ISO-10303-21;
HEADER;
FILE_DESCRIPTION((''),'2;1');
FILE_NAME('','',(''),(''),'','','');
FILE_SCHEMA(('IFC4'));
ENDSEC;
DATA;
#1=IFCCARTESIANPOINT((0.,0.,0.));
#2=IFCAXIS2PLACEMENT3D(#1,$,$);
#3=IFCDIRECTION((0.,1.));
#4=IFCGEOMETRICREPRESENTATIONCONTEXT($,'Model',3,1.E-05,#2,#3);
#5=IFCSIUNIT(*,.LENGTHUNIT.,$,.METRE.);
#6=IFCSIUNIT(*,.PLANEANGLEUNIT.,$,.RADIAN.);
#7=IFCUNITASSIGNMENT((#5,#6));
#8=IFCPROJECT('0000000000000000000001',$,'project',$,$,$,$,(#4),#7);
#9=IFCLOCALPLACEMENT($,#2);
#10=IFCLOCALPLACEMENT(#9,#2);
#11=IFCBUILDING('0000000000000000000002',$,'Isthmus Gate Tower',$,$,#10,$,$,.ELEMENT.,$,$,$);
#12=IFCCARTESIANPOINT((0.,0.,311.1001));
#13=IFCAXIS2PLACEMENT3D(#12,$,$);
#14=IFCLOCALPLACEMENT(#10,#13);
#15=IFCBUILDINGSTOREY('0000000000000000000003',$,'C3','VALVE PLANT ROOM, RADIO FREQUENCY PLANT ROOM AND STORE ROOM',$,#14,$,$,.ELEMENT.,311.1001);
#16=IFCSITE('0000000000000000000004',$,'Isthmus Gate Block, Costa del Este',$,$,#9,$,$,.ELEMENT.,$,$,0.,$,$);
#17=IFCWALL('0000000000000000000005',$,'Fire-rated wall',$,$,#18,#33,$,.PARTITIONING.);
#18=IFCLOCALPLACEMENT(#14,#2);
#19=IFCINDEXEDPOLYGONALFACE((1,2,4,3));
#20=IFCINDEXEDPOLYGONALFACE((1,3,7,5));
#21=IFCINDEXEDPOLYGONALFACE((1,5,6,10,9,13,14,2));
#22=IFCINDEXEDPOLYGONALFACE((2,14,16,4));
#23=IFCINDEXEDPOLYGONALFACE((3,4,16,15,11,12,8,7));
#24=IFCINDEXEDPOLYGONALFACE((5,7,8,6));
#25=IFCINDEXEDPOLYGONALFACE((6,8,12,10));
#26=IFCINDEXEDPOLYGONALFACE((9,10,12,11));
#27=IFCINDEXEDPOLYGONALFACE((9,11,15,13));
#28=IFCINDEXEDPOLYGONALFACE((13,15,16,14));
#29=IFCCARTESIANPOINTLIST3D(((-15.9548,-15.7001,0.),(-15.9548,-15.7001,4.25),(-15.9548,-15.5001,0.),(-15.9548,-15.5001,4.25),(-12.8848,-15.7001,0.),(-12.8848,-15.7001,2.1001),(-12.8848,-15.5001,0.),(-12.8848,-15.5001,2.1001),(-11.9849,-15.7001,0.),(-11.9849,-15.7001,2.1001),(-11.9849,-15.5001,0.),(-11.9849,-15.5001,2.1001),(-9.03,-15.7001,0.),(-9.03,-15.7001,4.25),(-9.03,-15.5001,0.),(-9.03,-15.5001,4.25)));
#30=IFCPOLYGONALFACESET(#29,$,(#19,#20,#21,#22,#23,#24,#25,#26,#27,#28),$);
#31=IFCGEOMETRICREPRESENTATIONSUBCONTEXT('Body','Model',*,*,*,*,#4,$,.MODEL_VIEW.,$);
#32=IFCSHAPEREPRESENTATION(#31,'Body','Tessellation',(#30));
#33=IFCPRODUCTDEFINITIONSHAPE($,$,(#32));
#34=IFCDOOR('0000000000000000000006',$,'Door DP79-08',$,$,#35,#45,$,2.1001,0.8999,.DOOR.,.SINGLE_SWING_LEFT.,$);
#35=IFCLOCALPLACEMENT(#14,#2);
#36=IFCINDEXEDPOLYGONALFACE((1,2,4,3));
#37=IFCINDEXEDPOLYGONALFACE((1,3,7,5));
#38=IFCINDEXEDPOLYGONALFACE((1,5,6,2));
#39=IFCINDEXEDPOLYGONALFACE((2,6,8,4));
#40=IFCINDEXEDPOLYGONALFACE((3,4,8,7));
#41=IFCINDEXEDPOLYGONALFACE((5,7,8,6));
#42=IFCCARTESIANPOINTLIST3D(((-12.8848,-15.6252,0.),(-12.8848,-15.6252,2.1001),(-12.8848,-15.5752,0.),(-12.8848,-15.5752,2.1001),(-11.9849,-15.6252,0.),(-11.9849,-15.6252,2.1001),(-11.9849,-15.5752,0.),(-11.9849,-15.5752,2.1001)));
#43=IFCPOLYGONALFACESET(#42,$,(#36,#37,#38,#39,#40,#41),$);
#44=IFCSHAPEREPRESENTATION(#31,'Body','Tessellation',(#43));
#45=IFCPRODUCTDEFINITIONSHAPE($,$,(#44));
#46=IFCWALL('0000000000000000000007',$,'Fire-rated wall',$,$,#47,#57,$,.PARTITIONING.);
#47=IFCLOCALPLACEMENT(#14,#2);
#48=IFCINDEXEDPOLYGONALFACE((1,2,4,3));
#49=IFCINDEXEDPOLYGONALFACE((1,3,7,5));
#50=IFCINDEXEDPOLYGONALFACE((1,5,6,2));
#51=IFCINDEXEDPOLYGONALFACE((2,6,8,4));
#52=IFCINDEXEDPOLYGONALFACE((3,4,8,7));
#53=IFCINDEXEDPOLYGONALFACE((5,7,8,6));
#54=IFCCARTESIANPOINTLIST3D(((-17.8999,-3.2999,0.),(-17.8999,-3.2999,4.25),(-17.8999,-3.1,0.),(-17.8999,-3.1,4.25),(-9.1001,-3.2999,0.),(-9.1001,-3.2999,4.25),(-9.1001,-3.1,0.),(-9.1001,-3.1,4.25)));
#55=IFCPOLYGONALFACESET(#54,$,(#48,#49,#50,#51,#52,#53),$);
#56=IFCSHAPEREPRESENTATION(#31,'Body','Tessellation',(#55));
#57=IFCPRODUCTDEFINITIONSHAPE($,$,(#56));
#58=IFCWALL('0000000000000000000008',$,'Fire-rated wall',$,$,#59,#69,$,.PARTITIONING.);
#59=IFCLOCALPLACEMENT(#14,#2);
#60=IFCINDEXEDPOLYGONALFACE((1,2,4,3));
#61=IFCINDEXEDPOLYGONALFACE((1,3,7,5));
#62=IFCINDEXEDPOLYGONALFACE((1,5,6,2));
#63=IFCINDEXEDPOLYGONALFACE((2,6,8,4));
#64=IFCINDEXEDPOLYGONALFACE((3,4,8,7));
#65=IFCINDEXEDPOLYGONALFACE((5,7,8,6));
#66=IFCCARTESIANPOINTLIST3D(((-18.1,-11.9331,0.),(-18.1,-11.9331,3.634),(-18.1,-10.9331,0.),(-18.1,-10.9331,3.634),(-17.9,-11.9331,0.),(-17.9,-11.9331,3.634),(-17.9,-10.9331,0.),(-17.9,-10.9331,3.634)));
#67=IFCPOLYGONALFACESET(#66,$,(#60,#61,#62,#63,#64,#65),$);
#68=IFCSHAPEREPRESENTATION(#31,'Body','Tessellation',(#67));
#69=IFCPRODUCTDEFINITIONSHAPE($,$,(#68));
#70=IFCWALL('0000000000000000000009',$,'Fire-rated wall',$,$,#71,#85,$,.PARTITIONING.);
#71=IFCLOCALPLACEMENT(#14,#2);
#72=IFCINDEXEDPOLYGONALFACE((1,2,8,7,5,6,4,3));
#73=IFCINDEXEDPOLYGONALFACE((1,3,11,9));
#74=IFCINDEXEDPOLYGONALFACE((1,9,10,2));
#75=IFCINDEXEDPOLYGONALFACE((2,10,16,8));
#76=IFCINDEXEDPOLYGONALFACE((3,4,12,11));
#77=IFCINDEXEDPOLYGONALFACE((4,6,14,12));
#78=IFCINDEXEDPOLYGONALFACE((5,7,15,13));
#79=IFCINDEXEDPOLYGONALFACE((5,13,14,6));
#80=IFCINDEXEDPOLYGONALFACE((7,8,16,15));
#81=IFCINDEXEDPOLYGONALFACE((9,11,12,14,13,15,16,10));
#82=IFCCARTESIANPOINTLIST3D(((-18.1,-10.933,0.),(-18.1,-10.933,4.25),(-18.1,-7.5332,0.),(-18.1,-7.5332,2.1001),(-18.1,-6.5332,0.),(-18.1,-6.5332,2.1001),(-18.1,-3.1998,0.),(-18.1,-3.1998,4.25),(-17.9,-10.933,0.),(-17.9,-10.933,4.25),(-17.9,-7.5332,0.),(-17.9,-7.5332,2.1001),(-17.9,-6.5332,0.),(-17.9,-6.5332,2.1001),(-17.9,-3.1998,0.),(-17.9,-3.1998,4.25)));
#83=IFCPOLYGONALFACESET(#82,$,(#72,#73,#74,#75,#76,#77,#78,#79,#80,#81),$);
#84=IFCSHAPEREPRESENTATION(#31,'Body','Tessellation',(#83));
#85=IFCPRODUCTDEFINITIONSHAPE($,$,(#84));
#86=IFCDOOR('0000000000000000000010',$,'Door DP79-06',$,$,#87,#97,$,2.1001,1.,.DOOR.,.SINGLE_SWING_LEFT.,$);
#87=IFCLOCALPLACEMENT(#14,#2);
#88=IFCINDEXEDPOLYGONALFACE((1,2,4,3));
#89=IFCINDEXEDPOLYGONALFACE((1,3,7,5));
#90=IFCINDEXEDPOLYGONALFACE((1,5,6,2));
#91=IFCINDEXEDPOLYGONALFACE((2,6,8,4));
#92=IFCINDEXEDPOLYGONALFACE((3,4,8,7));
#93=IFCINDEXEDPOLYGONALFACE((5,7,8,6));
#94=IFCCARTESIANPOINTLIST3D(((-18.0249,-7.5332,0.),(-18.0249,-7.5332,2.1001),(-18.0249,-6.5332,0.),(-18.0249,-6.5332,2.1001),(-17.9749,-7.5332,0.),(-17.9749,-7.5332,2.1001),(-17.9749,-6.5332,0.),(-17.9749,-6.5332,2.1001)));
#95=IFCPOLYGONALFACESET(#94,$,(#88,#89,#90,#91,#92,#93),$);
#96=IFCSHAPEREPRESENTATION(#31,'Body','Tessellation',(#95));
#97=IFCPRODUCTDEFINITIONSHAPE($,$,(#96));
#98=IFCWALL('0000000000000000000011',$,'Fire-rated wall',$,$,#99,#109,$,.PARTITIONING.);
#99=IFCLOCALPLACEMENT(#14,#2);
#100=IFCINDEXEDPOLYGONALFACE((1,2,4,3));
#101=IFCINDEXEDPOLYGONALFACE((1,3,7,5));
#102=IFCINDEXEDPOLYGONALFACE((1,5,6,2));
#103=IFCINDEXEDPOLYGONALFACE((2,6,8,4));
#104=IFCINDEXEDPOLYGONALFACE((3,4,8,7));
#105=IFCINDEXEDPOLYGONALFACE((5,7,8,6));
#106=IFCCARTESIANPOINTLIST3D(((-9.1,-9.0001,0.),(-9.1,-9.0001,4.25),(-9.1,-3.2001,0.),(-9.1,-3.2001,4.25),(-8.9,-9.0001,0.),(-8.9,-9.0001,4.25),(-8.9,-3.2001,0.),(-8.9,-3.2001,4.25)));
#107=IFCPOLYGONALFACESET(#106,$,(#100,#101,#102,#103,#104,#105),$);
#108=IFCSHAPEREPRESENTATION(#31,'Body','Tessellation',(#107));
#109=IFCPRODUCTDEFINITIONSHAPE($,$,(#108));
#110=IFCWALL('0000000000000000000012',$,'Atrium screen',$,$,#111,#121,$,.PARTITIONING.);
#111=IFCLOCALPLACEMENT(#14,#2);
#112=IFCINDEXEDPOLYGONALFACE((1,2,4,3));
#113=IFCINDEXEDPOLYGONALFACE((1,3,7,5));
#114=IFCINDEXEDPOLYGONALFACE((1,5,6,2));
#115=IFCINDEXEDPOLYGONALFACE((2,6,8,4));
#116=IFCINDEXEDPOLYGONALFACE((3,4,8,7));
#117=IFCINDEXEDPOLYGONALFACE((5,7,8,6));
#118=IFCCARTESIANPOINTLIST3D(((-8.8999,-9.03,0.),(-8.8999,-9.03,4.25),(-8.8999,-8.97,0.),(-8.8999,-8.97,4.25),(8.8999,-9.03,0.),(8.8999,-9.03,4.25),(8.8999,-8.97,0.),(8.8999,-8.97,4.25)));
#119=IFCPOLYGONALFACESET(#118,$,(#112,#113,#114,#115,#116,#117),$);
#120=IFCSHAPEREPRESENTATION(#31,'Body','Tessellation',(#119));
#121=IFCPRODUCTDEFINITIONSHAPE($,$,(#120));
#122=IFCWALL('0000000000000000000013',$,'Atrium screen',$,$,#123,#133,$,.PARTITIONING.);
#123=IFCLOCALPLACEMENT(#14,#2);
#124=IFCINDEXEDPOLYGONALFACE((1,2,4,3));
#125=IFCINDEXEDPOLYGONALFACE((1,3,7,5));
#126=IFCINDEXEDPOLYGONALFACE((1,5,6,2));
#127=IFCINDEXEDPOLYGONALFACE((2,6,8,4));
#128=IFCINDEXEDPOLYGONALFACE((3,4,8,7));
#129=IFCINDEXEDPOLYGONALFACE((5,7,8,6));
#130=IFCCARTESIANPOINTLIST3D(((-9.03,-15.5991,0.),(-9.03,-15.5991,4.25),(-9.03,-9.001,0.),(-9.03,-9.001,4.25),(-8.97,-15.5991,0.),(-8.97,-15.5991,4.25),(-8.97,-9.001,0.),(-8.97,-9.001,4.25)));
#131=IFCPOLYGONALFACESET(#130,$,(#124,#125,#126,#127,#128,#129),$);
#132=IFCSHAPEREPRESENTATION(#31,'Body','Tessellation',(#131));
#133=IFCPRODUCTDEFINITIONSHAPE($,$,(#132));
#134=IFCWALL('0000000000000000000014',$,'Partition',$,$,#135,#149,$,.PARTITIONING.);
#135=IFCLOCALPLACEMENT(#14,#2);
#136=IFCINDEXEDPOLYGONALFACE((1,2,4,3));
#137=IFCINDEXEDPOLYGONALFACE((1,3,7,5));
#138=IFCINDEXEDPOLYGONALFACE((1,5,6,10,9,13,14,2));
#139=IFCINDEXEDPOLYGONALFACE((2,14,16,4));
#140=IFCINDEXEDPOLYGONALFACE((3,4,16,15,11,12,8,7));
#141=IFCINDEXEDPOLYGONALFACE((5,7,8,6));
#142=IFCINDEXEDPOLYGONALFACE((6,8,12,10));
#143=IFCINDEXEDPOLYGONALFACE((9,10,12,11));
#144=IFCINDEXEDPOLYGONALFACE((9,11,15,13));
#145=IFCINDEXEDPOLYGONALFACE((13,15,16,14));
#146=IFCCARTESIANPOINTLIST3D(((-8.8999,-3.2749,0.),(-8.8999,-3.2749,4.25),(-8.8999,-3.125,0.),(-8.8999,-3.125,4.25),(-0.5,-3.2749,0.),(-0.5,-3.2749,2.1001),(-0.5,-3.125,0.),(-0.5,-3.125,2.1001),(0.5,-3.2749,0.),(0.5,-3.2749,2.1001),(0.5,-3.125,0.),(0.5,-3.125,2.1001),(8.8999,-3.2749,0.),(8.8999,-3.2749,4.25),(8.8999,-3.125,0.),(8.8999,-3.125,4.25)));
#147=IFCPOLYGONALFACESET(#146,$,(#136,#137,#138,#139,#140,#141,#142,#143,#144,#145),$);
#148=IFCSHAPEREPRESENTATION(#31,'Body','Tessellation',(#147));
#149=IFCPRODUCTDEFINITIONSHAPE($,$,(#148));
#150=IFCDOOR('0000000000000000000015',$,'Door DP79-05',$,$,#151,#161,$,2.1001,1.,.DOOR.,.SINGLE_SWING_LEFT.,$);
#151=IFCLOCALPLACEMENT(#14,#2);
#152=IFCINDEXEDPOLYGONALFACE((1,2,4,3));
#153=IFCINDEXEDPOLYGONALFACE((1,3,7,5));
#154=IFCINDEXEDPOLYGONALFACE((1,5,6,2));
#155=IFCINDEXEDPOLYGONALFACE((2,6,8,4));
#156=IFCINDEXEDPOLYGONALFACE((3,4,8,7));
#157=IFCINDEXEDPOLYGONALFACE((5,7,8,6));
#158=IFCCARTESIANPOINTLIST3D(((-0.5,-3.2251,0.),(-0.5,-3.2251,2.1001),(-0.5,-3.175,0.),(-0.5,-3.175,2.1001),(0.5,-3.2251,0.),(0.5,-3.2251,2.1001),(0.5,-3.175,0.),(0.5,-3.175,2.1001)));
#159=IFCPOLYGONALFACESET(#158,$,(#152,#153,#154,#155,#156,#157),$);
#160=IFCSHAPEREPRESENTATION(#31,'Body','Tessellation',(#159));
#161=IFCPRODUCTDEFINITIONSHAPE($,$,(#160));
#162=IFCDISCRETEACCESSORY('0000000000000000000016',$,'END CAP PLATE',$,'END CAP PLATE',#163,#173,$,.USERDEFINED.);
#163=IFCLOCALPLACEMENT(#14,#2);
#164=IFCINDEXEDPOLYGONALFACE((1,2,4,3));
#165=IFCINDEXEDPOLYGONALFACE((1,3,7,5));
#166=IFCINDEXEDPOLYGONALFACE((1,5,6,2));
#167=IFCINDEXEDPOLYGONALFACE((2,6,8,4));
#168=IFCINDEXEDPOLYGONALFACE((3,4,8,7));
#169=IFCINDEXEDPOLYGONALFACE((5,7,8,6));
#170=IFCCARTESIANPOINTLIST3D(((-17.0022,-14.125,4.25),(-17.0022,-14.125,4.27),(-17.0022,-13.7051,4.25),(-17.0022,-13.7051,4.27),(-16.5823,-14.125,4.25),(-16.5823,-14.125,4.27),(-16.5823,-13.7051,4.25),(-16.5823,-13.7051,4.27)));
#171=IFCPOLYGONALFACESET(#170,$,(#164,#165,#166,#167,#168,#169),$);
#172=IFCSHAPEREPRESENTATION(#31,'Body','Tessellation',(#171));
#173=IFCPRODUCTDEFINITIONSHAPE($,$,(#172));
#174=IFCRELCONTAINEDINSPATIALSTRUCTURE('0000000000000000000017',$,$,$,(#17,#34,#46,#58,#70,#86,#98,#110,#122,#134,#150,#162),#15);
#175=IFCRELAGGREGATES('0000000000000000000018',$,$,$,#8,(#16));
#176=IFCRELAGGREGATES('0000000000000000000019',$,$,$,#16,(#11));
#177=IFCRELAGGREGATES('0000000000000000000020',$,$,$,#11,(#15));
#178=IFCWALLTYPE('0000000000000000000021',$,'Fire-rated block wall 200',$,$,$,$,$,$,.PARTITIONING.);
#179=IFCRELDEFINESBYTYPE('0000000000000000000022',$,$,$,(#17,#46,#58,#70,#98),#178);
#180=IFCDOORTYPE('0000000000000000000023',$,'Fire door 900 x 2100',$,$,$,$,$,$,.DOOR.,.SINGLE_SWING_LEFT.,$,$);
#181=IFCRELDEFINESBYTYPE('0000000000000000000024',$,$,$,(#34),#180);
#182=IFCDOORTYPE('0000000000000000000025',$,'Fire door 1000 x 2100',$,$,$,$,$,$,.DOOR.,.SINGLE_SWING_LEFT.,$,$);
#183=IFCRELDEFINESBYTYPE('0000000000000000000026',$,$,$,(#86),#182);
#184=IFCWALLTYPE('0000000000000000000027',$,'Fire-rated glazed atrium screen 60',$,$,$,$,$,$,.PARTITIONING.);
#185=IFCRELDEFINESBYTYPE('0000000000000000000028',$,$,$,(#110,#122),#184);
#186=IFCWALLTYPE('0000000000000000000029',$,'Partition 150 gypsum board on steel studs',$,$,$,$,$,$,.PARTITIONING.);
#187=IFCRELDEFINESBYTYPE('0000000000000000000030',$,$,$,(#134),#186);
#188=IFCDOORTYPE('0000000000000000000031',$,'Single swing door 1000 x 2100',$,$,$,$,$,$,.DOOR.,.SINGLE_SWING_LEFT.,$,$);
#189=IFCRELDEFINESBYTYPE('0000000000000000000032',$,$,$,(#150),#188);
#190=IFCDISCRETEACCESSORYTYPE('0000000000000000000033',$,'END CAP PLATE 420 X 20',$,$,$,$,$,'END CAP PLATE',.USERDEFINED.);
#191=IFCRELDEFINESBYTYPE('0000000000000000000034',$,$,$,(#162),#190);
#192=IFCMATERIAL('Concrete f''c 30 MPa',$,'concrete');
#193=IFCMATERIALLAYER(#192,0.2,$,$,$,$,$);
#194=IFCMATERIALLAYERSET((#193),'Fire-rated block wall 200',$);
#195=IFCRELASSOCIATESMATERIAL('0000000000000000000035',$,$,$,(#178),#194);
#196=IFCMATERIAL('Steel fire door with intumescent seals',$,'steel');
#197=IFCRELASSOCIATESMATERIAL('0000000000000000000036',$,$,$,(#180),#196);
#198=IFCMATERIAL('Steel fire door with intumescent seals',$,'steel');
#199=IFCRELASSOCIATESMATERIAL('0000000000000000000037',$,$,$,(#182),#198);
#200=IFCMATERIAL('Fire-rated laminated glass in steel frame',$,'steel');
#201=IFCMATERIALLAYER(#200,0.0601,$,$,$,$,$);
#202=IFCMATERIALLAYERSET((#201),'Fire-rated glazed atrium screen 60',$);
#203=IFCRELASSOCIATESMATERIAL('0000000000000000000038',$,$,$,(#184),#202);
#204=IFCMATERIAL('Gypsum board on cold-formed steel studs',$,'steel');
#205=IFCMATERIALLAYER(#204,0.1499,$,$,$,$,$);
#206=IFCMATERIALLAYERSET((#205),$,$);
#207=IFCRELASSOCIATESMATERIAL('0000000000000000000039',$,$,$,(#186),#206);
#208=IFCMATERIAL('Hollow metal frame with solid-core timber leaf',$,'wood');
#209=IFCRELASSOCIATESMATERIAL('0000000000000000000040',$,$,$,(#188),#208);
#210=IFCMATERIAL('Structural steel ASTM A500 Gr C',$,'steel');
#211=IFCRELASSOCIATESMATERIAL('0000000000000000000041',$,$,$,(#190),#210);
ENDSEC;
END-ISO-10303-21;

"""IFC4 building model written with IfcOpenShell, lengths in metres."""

from ifc_helpers import new_model, si_unit, direction, frame, frame_2d, origin, origin_2d, place, context, subcontext, project, spatial, rectangle, extrude, material, layer, layer_set, type_object, element, fill, save


model = new_model("IFC4")

# Units and contexts
model_context = context("Model", 3, precision=1e-05, world=origin(), true_north=direction((0.0, 1.0)))
body_context = subcontext(model_context, "Body", "Model", "MODEL_VIEW")
ifc_project = project(units=[si_unit("LENGTHUNIT", "METRE"), si_unit("PLANEANGLEUNIT", "RADIAN")], contexts=[model_context])

# Site, building, storey
site_placement = place(None, origin())
site = spatial("IfcSite", under=ifc_project, at=site_placement, Name="Isthmus Gate Block, Costa del Este", CompositionType="ELEMENT", RefElevation=0.0)
building_placement = place(site_placement, origin())
building = spatial("IfcBuilding", under=site, at=building_placement, Name="Isthmus Gate Tower", CompositionType="ELEMENT")
storey_placement = place(building_placement, frame((0.0, 0.0, 311.1001)))
storey = spatial("IfcBuildingStorey", under=building, at=storey_placement, Name="C3", Description="VALVE PLANT ROOM, RADIO FREQUENCY PLANT ROOM AND STORE ROOM", CompositionType="ELEMENT", Elevation=311.1001)

# Wall, opening, door
ifc_material_1 = material(Name="Concrete f'c 30 MPa", Category="concrete")
ifc_layer_1 = layer(ifc_material_1, 0.2)
ifc_layer_set_1 = layer_set([ifc_layer_1], Name="Fire-rated block wall 200")
wall_type_1 = type_object("IfcWallType", Name="Fire-rated block wall 200", PredefinedType="PARTITIONING", material=ifc_layer_set_1)
wall_1_placement = place(storey_placement, frame((-15.9548, -15.6001, 0.0), z_axis=(0.0, 0.0, 1.0), x_axis=(1.0, 0.0, 0.0)))
wall_1 = element("IfcWall", 1, at=wall_1_placement, inside=storey, type_object=wall_type_1, Name="Fire-rated wall", PredefinedType="PARTITIONING", context=body_context, shape_type="SweptSolid", body=[
    extrude(rectangle(XDim=6.9248, YDim=0.2, at=frame_2d((3.4624, 0.0))), origin(), (0.0, 0.0, 1.0), 4.25),
])
opening_1_placement = place(wall_1_placement, frame((3.0701, 0.0, 0.0)))
opening_1 = element("IfcOpeningElement", 2, at=opening_1_placement, cuts=wall_1, PredefinedType="OPENING", context=body_context, shape_type="SweptSolid", body=[
    extrude(rectangle(XDim=0.8999, YDim=2.1001, at=frame_2d((0.45, 1.05))), frame((0.0, 0.1099, 0.0), z_axis=(0.0, -1.0, 0.0), x_axis=(1.0, 0.0, 0.0)), (0.0, 0.0, 1.0), 0.22),
])
ifc_material_2 = material(Name="Steel fire door with intumescent seals", Category="steel")
door_type_1 = type_object("IfcDoorType", Name="Fire door 900 x 2100", OperationType="SINGLE_SWING_LEFT", PredefinedType="DOOR", material=ifc_material_2)
door_1_placement = place(opening_1_placement, origin())
door_1 = element("IfcDoor", 3, at=door_1_placement, inside=storey, type_object=door_type_1, Name="Door DP79-08", OperationType="SINGLE_SWING_LEFT", OverallHeight=2.1001, OverallWidth=0.8999, PredefinedType="DOOR", context=body_context, shape_type="SweptSolid", body=[
    extrude(rectangle(XDim=0.8999, YDim=2.1001, at=frame_2d((0.45, 1.05))), frame((0.0, 0.0249, 0.0), z_axis=(0.0, -1.0, 0.0), x_axis=(1.0, 0.0, 0.0)), (0.0, 0.0, 1.0), 0.05),
])
fill(opening_1, door_1)

# Walls
wall_2_placement = place(storey_placement, frame((-17.8999, -3.2, 0.0), z_axis=(0.0, 0.0, 1.0), x_axis=(1.0, 0.0, 0.0)))
element("IfcWall", 4, at=wall_2_placement, inside=storey, type_object=wall_type_1, Name="Fire-rated wall", PredefinedType="PARTITIONING", context=body_context, shape_type="SweptSolid", body=[
    extrude(rectangle(XDim=8.7998, YDim=0.2, at=frame_2d((4.3999, 0.0))), origin(), (0.0, 0.0, 1.0), 4.25),
])
wall_3_placement = place(storey_placement, frame((-18.0, -11.9331, 0.0), z_axis=(0.0, 0.0, 1.0), x_axis=(0.0, 1.0, 0.0)))
element("IfcWall", 5, at=wall_3_placement, inside=storey, type_object=wall_type_1, Name="Fire-rated wall", PredefinedType="PARTITIONING", context=body_context, shape_type="SweptSolid", body=[
    extrude(rectangle(XDim=1.0, YDim=0.2, at=frame_2d((0.5, 0.0))), origin(), (0.0, 0.0, 1.0), 3.634),
])

# Wall, opening, door
wall_4_placement = place(storey_placement, frame((-18.0, -10.9331, 0.0), z_axis=(0.0, 0.0, 1.0), x_axis=(0.0, 1.0, 0.0)))
wall_4 = element("IfcWall", 6, at=wall_4_placement, inside=storey, type_object=wall_type_1, Name="Fire-rated wall", PredefinedType="PARTITIONING", context=body_context, shape_type="SweptSolid", body=[
    extrude(rectangle(XDim=7.7332, YDim=0.2, at=frame_2d((3.8667, 0.0))), origin(), (0.0, 0.0, 1.0), 4.25),
])
opening_2_placement = place(wall_4_placement, frame((3.3999, 0.0, 0.0)))
opening_2 = element("IfcOpeningElement", 7, at=opening_2_placement, cuts=wall_4, PredefinedType="OPENING", context=body_context, shape_type="SweptSolid", body=[
    extrude(rectangle(XDim=1.0, YDim=2.1001, at=frame_2d((0.5, 1.05))), frame((0.0, 0.1099, 0.0), z_axis=(0.0, -1.0, 0.0), x_axis=(1.0, 0.0, 0.0)), (0.0, 0.0, 1.0), 0.22),
])
ifc_material_3 = material(Name="Steel fire door with intumescent seals", Category="steel")
door_type_2 = type_object("IfcDoorType", Name="Fire door 1000 x 2100", OperationType="SINGLE_SWING_LEFT", PredefinedType="DOOR", material=ifc_material_3)
door_2_placement = place(opening_2_placement, origin())
door_2 = element("IfcDoor", 8, at=door_2_placement, inside=storey, type_object=door_type_2, Name="Door DP79-06", OperationType="SINGLE_SWING_LEFT", OverallHeight=2.1001, OverallWidth=1.0, PredefinedType="DOOR", context=body_context, shape_type="SweptSolid", body=[
    extrude(rectangle(XDim=1.0, YDim=2.1001, at=frame_2d((0.5, 1.05))), frame((0.0, 0.0249, 0.0), z_axis=(0.0, -1.0, 0.0), x_axis=(1.0, 0.0, 0.0)), (0.0, 0.0, 1.0), 0.05),
])
fill(opening_2, door_2)

# Walls
wall_5_placement = place(storey_placement, frame((-9.0, -9.0, 0.0), z_axis=(0.0, 0.0, 1.0), x_axis=(0.0, 1.0, 0.0)))
element("IfcWall", 9, at=wall_5_placement, inside=storey, type_object=wall_type_1, Name="Fire-rated wall", PredefinedType="PARTITIONING", context=body_context, shape_type="SweptSolid", body=[
    extrude(rectangle(XDim=5.8, YDim=0.2, at=frame_2d((2.8999, 0.0))), origin(), (0.0, 0.0, 1.0), 4.25),
])
ifc_material_4 = material(Name="Fire-rated laminated glass in steel frame", Category="steel")
ifc_layer_2 = layer(ifc_material_4, 0.0601)
ifc_layer_set_2 = layer_set([ifc_layer_2], Name="Fire-rated glazed atrium screen 60")
wall_type_2 = type_object("IfcWallType", Name="Fire-rated glazed atrium screen 60", PredefinedType="PARTITIONING", material=ifc_layer_set_2)
wall_6_placement = place(storey_placement, frame((-8.8999, -9.0, 0.0), z_axis=(0.0, 0.0, 1.0), x_axis=(1.0, 0.0, 0.0)))
element("IfcWall", 10, at=wall_6_placement, inside=storey, type_object=wall_type_2, Name="Atrium screen", PredefinedType="PARTITIONING", context=body_context, shape_type="SweptSolid", body=[
    extrude(rectangle(XDim=17.7998, YDim=0.0601, at=frame_2d((8.8999, 0.0))), origin(), (0.0, 0.0, 1.0), 4.25),
])
wall_7_placement = place(storey_placement, frame((-9.0, -15.5991, 0.0), z_axis=(0.0, 0.0, 1.0), x_axis=(0.0, 1.0, 0.0)))
element("IfcWall", 11, at=wall_7_placement, inside=storey, type_object=wall_type_2, Name="Atrium screen", PredefinedType="PARTITIONING", context=body_context, shape_type="SweptSolid", body=[
    extrude(rectangle(XDim=6.5981, YDim=0.0601, at=frame_2d((3.2991, 0.0))), origin(), (0.0, 0.0, 1.0), 4.25),
])

# Wall, opening, door
ifc_material_5 = material(Name="Gypsum board on cold-formed steel studs", Category="steel")
ifc_layer_3 = layer(ifc_material_5, 0.1499)
ifc_layer_set_3 = layer_set([ifc_layer_3])
wall_type_3 = type_object("IfcWallType", Name="Partition 150 gypsum board on steel studs", PredefinedType="PARTITIONING", material=ifc_layer_set_3)
wall_8_placement = place(storey_placement, frame((-8.8999, -3.2, 0.0), z_axis=(0.0, 0.0, 1.0), x_axis=(1.0, 0.0, 0.0)))
wall_8 = element("IfcWall", 12, at=wall_8_placement, inside=storey, type_object=wall_type_3, Name="Partition", PredefinedType="PARTITIONING", context=body_context, shape_type="SweptSolid", body=[
    extrude(rectangle(XDim=17.7998, YDim=0.1499, at=frame_2d((8.8999, 0.0))), origin(), (0.0, 0.0, 1.0), 4.25),
])
opening_3_placement = place(wall_8_placement, frame((8.3999, 0.0, 0.0)))
opening_3 = element("IfcOpeningElement", 13, at=opening_3_placement, cuts=wall_8, PredefinedType="OPENING", context=body_context, shape_type="SweptSolid", body=[
    extrude(rectangle(XDim=1.0, YDim=2.1001, at=frame_2d((0.5, 1.05))), frame((0.0, 0.085, 0.0), z_axis=(0.0, -1.0, 0.0), x_axis=(1.0, 0.0, 0.0)), (0.0, 0.0, 1.0), 0.1699),
])
ifc_material_6 = material(Name="Hollow metal frame with solid-core timber leaf", Category="wood")
door_type_3 = type_object("IfcDoorType", Name="Single swing door 1000 x 2100", OperationType="SINGLE_SWING_LEFT", PredefinedType="DOOR", material=ifc_material_6)
door_3_placement = place(opening_3_placement, origin())
door_3 = element("IfcDoor", 14, at=door_3_placement, inside=storey, type_object=door_type_3, Name="Door DP79-05", OperationType="SINGLE_SWING_LEFT", OverallHeight=2.1001, OverallWidth=1.0, PredefinedType="DOOR", context=body_context, shape_type="SweptSolid", body=[
    extrude(rectangle(XDim=1.0, YDim=2.1001, at=frame_2d((0.5, 1.05))), frame((0.0, 0.0249, 0.0), z_axis=(0.0, -1.0, 0.0), x_axis=(1.0, 0.0, 0.0)), (0.0, 0.0, 1.0), 0.05),
])
fill(opening_3, door_3)

# Discrete accessory
ifc_material_7 = material(Name="Structural steel ASTM A500 Gr C", Category="steel")
discrete_accessory_type = type_object("IfcDiscreteAccessoryType", Name="END CAP PLATE 420 X 20", ElementType="END CAP PLATE", PredefinedType="USERDEFINED", material=ifc_material_7)
discrete_accessory_placement = place(storey_placement, frame((-16.7922, -13.915, 4.25), z_axis=(0.0, 0.0, 1.0), x_axis=(1.0, 0.0, 0.0)))
element("IfcDiscreteAccessory", 15, at=discrete_accessory_placement, inside=storey, type_object=discrete_accessory_type, Name="END CAP PLATE", ObjectType="END CAP PLATE", PredefinedType="USERDEFINED", context=body_context, shape_type="SweptSolid", body=[
    extrude(rectangle(XDim=0.4199, YDim=0.4199, at=origin_2d()), origin(), (0.0, 0.0, 1.0), 0.02),
])

save(model, "model.ifc")
